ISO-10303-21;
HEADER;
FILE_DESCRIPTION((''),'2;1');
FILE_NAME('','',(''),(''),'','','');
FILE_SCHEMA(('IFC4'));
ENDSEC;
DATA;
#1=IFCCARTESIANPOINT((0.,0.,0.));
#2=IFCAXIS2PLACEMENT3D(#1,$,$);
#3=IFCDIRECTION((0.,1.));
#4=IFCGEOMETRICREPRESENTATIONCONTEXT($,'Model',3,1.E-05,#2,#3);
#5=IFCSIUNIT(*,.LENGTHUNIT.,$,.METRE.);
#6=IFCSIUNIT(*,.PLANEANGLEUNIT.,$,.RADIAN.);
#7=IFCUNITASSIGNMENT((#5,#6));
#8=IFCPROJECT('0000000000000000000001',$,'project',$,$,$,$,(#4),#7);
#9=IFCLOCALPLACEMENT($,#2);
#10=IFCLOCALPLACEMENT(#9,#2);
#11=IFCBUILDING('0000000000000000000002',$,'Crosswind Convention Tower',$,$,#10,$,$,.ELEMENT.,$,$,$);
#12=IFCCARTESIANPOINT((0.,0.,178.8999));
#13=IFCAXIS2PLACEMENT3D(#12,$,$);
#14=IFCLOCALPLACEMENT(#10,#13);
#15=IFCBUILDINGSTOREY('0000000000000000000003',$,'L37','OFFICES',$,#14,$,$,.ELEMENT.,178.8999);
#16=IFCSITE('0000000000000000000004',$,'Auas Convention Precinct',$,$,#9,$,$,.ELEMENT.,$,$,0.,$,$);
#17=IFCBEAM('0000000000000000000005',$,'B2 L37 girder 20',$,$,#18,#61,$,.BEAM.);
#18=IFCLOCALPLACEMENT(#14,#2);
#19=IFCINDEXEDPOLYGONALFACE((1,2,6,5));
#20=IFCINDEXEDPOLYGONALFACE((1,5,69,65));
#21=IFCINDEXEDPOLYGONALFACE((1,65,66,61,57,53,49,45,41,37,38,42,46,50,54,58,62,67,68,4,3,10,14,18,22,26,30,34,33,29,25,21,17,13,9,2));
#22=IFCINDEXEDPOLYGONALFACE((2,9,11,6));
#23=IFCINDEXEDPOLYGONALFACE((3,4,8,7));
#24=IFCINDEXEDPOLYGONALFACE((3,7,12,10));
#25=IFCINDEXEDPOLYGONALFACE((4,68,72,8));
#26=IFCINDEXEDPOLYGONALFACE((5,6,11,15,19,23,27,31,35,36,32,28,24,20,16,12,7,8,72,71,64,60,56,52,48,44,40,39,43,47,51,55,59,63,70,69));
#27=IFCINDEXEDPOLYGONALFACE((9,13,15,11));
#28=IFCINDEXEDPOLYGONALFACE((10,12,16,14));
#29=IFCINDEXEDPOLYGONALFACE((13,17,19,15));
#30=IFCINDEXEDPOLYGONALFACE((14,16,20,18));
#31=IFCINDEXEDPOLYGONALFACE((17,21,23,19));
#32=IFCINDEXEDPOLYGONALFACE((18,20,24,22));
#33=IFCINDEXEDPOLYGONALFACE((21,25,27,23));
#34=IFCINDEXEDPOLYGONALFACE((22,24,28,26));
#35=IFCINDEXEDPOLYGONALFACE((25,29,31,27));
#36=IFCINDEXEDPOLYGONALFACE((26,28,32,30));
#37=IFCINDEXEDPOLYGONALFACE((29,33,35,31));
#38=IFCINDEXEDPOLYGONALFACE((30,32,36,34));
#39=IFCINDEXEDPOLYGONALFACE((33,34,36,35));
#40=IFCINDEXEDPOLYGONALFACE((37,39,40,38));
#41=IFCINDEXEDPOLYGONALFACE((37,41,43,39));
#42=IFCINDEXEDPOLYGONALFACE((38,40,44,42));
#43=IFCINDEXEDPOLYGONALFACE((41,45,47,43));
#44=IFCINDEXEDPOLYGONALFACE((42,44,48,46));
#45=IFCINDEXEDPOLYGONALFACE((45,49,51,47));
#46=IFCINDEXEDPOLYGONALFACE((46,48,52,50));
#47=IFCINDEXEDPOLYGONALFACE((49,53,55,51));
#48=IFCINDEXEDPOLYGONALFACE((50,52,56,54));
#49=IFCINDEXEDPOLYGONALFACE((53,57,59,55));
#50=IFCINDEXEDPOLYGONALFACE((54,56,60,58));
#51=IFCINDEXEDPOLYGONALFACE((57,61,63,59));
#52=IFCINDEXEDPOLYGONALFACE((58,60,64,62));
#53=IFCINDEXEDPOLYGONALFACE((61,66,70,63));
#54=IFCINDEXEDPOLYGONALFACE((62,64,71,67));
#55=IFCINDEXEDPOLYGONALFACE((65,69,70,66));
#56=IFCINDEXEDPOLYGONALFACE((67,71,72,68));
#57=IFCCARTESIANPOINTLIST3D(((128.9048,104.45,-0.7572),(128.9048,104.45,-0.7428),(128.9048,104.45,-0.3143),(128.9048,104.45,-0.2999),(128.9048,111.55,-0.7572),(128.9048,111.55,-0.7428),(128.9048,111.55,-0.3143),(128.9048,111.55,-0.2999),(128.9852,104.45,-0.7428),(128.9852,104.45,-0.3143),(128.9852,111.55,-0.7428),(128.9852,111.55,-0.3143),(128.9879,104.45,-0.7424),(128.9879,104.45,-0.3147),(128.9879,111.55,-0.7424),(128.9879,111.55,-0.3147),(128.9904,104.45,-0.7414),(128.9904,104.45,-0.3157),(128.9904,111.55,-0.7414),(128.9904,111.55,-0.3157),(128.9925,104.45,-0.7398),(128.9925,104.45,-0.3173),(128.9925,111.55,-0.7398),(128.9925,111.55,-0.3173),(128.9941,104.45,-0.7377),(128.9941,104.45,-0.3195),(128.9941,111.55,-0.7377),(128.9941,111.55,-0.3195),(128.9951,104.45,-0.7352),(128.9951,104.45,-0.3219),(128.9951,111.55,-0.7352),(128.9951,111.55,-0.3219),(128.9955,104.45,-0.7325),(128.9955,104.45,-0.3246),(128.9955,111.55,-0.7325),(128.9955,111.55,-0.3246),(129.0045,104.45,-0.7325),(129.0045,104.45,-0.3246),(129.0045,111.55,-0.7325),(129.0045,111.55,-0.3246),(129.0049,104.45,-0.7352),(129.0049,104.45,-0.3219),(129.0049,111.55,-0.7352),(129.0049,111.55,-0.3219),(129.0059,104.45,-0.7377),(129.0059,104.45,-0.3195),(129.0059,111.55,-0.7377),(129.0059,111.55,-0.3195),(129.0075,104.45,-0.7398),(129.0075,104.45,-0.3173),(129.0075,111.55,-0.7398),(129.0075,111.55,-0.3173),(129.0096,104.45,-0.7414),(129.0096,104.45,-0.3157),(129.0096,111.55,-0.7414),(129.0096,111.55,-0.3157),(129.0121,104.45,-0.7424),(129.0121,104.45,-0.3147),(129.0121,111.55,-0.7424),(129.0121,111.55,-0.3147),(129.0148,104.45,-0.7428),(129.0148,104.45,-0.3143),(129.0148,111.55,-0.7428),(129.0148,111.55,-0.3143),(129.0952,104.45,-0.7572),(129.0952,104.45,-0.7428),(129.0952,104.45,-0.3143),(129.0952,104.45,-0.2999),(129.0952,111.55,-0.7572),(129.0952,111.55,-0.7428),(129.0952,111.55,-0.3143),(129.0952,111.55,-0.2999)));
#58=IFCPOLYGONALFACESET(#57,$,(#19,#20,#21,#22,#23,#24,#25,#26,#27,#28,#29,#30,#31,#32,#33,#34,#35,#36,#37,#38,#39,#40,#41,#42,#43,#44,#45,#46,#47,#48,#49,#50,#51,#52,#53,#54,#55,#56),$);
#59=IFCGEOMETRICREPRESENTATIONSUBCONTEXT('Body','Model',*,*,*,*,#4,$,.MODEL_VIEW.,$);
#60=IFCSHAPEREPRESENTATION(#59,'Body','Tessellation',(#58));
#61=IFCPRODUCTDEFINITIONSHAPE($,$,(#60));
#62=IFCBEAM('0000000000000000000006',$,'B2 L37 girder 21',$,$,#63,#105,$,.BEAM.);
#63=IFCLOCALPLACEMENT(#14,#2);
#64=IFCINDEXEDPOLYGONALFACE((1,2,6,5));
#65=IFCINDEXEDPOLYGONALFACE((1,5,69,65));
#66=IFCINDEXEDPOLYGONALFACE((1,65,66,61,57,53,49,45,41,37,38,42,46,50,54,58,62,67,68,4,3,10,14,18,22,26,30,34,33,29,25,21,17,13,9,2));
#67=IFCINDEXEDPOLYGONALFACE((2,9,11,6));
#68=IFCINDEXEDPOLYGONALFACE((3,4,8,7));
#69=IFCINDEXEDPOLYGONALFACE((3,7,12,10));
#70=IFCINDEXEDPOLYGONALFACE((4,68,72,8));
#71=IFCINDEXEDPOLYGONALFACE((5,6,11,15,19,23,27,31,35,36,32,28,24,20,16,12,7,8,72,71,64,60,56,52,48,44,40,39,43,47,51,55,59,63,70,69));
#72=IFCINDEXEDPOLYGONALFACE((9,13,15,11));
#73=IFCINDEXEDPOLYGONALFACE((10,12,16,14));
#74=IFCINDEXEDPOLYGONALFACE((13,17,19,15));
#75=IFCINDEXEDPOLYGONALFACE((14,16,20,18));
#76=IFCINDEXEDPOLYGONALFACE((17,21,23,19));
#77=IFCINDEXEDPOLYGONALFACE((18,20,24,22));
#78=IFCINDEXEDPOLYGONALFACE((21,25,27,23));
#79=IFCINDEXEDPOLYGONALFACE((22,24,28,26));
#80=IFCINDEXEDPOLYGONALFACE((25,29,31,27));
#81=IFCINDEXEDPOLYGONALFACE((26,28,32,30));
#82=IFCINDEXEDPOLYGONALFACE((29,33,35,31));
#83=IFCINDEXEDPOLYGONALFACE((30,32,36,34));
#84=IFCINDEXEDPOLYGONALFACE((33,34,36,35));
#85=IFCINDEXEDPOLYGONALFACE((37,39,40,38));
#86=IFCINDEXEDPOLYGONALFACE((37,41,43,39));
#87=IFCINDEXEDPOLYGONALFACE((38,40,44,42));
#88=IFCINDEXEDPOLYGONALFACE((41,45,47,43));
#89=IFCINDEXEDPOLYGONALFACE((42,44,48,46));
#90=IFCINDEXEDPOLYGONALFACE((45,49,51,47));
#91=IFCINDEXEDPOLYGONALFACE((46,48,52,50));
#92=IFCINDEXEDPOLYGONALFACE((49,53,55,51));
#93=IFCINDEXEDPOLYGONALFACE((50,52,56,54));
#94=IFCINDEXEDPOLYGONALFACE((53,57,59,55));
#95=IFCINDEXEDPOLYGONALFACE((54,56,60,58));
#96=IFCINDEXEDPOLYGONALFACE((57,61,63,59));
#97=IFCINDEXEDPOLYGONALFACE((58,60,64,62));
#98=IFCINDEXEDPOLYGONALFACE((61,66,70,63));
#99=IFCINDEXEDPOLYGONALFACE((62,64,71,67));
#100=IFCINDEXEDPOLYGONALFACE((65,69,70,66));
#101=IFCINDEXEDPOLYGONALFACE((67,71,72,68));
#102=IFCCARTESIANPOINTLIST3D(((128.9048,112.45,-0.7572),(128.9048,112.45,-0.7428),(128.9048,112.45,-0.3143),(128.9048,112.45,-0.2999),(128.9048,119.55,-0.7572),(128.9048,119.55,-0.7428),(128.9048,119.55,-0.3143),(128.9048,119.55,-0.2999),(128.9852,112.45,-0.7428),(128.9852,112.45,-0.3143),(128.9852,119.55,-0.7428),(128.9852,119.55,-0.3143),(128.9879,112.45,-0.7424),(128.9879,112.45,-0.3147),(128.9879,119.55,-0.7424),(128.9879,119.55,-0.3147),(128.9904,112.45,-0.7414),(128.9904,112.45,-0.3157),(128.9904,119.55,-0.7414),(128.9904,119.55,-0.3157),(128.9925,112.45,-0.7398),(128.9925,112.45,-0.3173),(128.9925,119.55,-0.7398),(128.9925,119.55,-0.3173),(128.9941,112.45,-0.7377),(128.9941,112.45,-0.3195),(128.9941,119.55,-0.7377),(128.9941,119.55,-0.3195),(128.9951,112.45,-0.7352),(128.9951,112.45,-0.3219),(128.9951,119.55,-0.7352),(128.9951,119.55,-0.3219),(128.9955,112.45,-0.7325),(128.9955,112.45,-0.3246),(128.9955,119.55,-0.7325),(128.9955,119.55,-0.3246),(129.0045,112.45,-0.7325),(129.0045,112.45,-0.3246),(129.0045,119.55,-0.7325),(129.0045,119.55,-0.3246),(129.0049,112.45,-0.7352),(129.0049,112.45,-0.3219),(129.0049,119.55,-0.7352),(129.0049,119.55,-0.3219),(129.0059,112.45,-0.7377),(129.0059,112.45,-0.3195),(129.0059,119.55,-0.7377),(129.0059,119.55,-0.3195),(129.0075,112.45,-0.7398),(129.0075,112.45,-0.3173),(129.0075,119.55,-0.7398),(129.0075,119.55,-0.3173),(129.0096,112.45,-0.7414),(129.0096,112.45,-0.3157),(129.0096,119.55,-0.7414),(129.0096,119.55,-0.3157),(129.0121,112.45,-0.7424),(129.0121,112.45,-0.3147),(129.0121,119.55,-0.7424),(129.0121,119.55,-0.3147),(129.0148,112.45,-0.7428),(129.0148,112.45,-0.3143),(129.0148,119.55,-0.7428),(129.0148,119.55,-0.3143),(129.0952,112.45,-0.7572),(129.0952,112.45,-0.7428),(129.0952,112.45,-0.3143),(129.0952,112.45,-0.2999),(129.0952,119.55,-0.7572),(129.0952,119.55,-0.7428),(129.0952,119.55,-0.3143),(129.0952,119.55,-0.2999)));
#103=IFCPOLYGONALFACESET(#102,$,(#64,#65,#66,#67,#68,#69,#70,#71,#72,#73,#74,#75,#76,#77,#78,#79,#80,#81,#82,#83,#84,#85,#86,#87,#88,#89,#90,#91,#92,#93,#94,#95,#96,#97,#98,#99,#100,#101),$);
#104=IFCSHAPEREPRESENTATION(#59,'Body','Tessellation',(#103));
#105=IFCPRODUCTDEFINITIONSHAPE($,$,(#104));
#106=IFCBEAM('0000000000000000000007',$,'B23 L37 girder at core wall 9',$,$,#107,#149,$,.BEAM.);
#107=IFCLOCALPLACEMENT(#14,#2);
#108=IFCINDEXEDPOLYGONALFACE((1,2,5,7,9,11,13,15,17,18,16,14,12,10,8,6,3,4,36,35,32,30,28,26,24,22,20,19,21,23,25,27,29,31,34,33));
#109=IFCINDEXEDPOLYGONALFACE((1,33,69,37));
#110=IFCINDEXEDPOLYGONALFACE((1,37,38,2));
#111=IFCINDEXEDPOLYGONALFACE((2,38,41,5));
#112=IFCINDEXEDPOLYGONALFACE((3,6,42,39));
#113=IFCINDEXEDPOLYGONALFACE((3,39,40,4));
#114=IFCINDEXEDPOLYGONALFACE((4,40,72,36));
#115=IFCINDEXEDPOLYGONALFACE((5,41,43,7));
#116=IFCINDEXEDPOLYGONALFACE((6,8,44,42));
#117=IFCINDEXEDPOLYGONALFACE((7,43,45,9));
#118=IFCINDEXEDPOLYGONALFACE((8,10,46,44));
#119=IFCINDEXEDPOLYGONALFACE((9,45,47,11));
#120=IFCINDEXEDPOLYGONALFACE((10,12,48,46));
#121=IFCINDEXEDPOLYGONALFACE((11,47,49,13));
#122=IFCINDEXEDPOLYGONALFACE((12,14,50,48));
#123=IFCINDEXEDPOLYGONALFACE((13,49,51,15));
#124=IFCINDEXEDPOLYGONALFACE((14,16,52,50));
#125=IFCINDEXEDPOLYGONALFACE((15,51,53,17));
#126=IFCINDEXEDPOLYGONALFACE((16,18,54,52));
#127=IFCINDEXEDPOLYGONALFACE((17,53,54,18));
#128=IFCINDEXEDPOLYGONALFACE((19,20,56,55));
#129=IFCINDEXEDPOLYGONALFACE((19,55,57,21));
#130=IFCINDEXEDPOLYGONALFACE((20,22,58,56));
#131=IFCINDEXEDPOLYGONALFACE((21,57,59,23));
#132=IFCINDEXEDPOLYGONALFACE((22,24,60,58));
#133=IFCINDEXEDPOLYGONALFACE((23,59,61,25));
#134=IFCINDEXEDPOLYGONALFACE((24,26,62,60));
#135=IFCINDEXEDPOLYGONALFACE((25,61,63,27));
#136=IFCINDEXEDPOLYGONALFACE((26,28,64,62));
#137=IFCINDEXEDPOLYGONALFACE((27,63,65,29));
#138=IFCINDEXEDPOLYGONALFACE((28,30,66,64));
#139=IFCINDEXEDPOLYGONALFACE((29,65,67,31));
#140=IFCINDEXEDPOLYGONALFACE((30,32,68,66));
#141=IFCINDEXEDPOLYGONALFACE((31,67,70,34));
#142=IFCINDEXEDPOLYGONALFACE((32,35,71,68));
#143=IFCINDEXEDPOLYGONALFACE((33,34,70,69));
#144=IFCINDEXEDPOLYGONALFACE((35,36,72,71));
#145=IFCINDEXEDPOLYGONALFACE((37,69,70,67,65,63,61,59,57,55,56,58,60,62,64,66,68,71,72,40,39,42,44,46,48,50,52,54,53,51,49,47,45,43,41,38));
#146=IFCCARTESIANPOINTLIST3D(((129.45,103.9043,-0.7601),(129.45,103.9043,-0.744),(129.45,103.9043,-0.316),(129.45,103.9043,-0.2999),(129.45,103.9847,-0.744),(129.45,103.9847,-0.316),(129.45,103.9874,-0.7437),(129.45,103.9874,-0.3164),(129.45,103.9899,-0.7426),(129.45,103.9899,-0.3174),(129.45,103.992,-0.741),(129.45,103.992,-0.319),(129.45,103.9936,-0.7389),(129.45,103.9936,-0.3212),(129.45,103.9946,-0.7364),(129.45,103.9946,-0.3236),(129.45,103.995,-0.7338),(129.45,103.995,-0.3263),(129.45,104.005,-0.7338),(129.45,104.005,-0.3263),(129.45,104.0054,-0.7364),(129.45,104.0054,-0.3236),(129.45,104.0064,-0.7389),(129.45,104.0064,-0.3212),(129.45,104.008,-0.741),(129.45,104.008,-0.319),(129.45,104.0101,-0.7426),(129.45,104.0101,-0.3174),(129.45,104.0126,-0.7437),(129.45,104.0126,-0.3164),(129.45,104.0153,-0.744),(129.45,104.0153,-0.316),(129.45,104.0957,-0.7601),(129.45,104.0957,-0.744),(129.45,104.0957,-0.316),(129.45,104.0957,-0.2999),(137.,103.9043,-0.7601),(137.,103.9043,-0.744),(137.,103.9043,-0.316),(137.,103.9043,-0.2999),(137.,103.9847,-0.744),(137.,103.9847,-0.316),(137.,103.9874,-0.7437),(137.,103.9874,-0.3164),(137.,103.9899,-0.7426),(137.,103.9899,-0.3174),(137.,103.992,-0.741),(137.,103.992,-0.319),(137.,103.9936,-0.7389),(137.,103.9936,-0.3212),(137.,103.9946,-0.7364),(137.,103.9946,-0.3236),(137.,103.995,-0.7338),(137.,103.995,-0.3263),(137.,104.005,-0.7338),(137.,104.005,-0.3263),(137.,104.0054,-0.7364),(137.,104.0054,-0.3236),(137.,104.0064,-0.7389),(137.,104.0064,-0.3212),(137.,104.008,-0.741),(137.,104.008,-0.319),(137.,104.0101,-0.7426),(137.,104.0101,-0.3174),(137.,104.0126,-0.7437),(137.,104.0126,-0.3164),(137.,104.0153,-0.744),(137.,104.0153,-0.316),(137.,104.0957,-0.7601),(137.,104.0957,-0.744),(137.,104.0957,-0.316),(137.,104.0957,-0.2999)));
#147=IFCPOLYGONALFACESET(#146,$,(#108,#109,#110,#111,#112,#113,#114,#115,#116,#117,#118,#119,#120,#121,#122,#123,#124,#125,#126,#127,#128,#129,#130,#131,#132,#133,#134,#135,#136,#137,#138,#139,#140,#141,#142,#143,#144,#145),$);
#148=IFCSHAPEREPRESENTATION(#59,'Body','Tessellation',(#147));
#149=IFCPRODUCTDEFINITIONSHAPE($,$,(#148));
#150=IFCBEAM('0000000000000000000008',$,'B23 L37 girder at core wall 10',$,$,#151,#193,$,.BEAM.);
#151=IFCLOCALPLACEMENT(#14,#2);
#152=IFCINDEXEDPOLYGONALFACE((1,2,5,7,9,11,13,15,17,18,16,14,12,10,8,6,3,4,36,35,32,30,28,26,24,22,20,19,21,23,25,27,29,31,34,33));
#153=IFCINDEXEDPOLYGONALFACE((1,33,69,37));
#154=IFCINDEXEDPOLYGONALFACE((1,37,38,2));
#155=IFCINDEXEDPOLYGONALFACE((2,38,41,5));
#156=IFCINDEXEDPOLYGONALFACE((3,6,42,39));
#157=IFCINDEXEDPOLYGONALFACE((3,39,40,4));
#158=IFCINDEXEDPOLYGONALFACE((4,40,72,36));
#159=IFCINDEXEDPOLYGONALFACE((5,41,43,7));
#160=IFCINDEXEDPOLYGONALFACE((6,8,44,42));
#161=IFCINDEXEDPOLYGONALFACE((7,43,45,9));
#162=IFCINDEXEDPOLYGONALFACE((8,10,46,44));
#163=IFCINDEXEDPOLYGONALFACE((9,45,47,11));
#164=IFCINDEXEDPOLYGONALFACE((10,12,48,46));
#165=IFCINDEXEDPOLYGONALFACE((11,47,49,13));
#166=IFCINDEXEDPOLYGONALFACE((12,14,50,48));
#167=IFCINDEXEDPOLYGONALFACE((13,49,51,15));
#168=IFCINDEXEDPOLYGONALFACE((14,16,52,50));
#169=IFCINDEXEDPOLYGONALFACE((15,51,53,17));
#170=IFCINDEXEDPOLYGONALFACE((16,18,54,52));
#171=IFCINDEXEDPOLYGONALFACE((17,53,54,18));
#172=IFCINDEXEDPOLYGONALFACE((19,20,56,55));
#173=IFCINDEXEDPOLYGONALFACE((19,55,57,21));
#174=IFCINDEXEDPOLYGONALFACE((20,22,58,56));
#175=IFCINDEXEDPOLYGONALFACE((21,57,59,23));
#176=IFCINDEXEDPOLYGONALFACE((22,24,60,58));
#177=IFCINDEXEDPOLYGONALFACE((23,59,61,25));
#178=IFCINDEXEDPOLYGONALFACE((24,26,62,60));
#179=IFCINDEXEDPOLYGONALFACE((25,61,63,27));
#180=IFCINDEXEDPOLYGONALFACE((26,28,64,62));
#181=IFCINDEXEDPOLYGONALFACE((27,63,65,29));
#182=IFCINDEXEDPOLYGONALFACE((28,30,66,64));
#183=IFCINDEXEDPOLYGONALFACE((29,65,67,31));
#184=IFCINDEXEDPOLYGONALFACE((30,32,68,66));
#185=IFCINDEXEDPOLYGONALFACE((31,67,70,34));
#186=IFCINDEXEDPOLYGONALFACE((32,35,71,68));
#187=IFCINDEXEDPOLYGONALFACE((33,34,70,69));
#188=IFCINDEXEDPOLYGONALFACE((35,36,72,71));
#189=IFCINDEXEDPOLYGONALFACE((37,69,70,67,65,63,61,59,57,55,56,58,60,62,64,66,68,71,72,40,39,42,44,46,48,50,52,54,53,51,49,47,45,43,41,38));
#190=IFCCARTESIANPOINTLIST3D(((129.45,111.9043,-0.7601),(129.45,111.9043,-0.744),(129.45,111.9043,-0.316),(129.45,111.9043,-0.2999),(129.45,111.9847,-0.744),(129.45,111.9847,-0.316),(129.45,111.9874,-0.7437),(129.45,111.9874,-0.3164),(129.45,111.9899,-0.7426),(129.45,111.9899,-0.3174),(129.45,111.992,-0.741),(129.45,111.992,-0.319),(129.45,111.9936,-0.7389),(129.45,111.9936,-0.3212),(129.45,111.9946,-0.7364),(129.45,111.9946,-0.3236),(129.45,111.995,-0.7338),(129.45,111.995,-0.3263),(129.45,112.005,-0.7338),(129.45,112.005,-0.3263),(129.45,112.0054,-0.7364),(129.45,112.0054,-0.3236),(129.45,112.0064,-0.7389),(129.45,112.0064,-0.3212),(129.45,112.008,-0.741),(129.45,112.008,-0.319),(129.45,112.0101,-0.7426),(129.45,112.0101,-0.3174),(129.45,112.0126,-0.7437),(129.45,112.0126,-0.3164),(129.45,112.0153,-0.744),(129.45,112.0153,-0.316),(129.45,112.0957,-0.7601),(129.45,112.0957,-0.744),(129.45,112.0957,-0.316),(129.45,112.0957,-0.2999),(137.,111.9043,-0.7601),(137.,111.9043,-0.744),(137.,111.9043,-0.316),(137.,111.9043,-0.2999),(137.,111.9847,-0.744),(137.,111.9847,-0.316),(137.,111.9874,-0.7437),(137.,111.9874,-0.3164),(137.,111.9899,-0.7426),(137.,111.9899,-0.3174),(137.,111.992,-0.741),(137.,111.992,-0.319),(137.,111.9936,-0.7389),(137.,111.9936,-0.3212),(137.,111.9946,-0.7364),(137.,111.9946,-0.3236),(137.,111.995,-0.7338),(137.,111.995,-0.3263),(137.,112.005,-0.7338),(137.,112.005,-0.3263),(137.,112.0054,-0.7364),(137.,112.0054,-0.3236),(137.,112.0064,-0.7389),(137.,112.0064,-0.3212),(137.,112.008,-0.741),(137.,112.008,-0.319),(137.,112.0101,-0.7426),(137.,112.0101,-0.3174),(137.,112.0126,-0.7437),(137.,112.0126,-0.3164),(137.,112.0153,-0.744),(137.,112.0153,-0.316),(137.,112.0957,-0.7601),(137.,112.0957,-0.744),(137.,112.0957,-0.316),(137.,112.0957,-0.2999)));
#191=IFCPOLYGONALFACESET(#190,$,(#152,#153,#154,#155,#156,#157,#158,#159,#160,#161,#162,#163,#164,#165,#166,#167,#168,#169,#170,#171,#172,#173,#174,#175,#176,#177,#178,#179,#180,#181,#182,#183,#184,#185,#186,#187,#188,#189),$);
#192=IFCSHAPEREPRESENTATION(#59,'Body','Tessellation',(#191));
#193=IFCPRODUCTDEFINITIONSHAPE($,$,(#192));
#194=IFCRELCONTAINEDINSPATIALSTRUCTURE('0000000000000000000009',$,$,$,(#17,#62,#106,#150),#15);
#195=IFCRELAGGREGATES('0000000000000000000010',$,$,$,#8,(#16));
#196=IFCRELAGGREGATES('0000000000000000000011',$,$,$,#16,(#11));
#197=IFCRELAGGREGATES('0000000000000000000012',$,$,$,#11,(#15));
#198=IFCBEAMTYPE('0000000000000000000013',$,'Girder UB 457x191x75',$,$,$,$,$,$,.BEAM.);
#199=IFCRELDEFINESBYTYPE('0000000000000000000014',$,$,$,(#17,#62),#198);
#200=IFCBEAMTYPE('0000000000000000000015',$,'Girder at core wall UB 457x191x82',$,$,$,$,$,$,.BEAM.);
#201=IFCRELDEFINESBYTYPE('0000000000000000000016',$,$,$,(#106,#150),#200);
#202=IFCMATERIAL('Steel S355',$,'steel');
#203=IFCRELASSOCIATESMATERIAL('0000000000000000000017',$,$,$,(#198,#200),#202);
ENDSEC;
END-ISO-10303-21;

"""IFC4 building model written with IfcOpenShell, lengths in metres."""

from ifc_helpers import new_model, si_unit, direction, frame, origin, origin_2d, place, context, subcontext, project, spatial, i_section, extrude, material, material_profile, profile_set, type_object, element, save


model = new_model("IFC4")

# Units and contexts
model_context = context("Model", 3, precision=1e-05, world=origin(), true_north=direction((0.0, 1.0)))
body_context = subcontext(model_context, "Body", "Model", "MODEL_VIEW")
ifc_project = project(units=[si_unit("LENGTHUNIT", "METRE"), si_unit("PLANEANGLEUNIT", "RADIAN")], contexts=[model_context])

# Site, building, storey
site_placement = place(None, origin())
site = spatial("IfcSite", under=ifc_project, at=site_placement, Name="Auas Convention Precinct", CompositionType="ELEMENT", RefElevation=0.0)
building_placement = place(site_placement, origin())
building = spatial("IfcBuilding", under=site, at=building_placement, Name="Crosswind Convention Tower", CompositionType="ELEMENT")
storey_placement = place(building_placement, frame((0.0, 0.0, 178.8999)))
storey = spatial("IfcBuildingStorey", under=building, at=storey_placement, Name="L37", Description="OFFICES", CompositionType="ELEMENT", Elevation=178.8999)

# Beams
ifc_material_1 = material(Name="Steel S355", Category="steel")
ifc_material_profile_1 = material_profile(ifc_material_1, i_section(OverallWidth=0.1904, OverallDepth=0.4573, WebThickness=0.009, FlangeThickness=0.0144, FilletRadius=0.0103, at=origin_2d()), Name="UB 457x191x75")
ifc_profile_set_1 = profile_set([ifc_material_profile_1], Name="Steel S355")
beam_type_1 = type_object("IfcBeamType", Name="Girder UB 457x191x75", PredefinedType="BEAM", material=ifc_profile_set_1)
for number, where, z_axis, x_axis, name in (
    (1, (129.0, 104.45, -0.5286), (0.0, 1.0, 0.0), (-1.0, 0.0, 0.0), "B2 L37 girder 20"),
    (2, (129.0, 112.45, -0.5286), (0.0, 1.0, 0.0), (-1.0, 0.0, 0.0), "B2 L37 girder 21"),
):
    element("IfcBeam", number, at=place(storey_placement, frame(where, z_axis=z_axis, x_axis=x_axis)), inside=storey, type_object=beam_type_1, Name=name, PredefinedType="BEAM", context=body_context, shape_type="SweptSolid", body=[
        extrude(i_section(OverallWidth=0.1904, OverallDepth=0.4573, WebThickness=0.009, FlangeThickness=0.0144, FilletRadius=0.0103, at=origin_2d()), origin(), (0.0, 0.0, 1.0), 7.1001),
    ])
ifc_material_profile_2 = material_profile(ifc_material_1, i_section(OverallWidth=0.1914, OverallDepth=0.4602, WebThickness=0.01, FlangeThickness=0.0161, FilletRadius=0.0103, at=origin_2d()), Name="UB 457x191x82")
ifc_profile_set_2 = profile_set([ifc_material_profile_2], Name="Steel S355")
beam_type_2 = type_object("IfcBeamType", Name="Girder at core wall UB 457x191x82", PredefinedType="BEAM", material=ifc_profile_set_2)
for number, where, z_axis, x_axis, name in (
    (3, (129.45, 104.0, -0.53), (1.0, 0.0, 0.0), (0.0, 1.0, 0.0), "B23 L37 girder at core wall 9"),
    (4, (129.45, 112.0, -0.53), (1.0, 0.0, 0.0), (0.0, 1.0, 0.0), "B23 L37 girder at core wall 10"),
):
    element("IfcBeam", number, at=place(storey_placement, frame(where, z_axis=z_axis, x_axis=x_axis)), inside=storey, type_object=beam_type_2, Name=name, PredefinedType="BEAM", context=body_context, shape_type="SweptSolid", body=[
        extrude(i_section(OverallWidth=0.1914, OverallDepth=0.4602, WebThickness=0.01, FlangeThickness=0.0161, FilletRadius=0.0103, at=origin_2d()), origin(), (0.0, 0.0, 1.0), 7.55),
    ])

save(model, "model.ifc")
